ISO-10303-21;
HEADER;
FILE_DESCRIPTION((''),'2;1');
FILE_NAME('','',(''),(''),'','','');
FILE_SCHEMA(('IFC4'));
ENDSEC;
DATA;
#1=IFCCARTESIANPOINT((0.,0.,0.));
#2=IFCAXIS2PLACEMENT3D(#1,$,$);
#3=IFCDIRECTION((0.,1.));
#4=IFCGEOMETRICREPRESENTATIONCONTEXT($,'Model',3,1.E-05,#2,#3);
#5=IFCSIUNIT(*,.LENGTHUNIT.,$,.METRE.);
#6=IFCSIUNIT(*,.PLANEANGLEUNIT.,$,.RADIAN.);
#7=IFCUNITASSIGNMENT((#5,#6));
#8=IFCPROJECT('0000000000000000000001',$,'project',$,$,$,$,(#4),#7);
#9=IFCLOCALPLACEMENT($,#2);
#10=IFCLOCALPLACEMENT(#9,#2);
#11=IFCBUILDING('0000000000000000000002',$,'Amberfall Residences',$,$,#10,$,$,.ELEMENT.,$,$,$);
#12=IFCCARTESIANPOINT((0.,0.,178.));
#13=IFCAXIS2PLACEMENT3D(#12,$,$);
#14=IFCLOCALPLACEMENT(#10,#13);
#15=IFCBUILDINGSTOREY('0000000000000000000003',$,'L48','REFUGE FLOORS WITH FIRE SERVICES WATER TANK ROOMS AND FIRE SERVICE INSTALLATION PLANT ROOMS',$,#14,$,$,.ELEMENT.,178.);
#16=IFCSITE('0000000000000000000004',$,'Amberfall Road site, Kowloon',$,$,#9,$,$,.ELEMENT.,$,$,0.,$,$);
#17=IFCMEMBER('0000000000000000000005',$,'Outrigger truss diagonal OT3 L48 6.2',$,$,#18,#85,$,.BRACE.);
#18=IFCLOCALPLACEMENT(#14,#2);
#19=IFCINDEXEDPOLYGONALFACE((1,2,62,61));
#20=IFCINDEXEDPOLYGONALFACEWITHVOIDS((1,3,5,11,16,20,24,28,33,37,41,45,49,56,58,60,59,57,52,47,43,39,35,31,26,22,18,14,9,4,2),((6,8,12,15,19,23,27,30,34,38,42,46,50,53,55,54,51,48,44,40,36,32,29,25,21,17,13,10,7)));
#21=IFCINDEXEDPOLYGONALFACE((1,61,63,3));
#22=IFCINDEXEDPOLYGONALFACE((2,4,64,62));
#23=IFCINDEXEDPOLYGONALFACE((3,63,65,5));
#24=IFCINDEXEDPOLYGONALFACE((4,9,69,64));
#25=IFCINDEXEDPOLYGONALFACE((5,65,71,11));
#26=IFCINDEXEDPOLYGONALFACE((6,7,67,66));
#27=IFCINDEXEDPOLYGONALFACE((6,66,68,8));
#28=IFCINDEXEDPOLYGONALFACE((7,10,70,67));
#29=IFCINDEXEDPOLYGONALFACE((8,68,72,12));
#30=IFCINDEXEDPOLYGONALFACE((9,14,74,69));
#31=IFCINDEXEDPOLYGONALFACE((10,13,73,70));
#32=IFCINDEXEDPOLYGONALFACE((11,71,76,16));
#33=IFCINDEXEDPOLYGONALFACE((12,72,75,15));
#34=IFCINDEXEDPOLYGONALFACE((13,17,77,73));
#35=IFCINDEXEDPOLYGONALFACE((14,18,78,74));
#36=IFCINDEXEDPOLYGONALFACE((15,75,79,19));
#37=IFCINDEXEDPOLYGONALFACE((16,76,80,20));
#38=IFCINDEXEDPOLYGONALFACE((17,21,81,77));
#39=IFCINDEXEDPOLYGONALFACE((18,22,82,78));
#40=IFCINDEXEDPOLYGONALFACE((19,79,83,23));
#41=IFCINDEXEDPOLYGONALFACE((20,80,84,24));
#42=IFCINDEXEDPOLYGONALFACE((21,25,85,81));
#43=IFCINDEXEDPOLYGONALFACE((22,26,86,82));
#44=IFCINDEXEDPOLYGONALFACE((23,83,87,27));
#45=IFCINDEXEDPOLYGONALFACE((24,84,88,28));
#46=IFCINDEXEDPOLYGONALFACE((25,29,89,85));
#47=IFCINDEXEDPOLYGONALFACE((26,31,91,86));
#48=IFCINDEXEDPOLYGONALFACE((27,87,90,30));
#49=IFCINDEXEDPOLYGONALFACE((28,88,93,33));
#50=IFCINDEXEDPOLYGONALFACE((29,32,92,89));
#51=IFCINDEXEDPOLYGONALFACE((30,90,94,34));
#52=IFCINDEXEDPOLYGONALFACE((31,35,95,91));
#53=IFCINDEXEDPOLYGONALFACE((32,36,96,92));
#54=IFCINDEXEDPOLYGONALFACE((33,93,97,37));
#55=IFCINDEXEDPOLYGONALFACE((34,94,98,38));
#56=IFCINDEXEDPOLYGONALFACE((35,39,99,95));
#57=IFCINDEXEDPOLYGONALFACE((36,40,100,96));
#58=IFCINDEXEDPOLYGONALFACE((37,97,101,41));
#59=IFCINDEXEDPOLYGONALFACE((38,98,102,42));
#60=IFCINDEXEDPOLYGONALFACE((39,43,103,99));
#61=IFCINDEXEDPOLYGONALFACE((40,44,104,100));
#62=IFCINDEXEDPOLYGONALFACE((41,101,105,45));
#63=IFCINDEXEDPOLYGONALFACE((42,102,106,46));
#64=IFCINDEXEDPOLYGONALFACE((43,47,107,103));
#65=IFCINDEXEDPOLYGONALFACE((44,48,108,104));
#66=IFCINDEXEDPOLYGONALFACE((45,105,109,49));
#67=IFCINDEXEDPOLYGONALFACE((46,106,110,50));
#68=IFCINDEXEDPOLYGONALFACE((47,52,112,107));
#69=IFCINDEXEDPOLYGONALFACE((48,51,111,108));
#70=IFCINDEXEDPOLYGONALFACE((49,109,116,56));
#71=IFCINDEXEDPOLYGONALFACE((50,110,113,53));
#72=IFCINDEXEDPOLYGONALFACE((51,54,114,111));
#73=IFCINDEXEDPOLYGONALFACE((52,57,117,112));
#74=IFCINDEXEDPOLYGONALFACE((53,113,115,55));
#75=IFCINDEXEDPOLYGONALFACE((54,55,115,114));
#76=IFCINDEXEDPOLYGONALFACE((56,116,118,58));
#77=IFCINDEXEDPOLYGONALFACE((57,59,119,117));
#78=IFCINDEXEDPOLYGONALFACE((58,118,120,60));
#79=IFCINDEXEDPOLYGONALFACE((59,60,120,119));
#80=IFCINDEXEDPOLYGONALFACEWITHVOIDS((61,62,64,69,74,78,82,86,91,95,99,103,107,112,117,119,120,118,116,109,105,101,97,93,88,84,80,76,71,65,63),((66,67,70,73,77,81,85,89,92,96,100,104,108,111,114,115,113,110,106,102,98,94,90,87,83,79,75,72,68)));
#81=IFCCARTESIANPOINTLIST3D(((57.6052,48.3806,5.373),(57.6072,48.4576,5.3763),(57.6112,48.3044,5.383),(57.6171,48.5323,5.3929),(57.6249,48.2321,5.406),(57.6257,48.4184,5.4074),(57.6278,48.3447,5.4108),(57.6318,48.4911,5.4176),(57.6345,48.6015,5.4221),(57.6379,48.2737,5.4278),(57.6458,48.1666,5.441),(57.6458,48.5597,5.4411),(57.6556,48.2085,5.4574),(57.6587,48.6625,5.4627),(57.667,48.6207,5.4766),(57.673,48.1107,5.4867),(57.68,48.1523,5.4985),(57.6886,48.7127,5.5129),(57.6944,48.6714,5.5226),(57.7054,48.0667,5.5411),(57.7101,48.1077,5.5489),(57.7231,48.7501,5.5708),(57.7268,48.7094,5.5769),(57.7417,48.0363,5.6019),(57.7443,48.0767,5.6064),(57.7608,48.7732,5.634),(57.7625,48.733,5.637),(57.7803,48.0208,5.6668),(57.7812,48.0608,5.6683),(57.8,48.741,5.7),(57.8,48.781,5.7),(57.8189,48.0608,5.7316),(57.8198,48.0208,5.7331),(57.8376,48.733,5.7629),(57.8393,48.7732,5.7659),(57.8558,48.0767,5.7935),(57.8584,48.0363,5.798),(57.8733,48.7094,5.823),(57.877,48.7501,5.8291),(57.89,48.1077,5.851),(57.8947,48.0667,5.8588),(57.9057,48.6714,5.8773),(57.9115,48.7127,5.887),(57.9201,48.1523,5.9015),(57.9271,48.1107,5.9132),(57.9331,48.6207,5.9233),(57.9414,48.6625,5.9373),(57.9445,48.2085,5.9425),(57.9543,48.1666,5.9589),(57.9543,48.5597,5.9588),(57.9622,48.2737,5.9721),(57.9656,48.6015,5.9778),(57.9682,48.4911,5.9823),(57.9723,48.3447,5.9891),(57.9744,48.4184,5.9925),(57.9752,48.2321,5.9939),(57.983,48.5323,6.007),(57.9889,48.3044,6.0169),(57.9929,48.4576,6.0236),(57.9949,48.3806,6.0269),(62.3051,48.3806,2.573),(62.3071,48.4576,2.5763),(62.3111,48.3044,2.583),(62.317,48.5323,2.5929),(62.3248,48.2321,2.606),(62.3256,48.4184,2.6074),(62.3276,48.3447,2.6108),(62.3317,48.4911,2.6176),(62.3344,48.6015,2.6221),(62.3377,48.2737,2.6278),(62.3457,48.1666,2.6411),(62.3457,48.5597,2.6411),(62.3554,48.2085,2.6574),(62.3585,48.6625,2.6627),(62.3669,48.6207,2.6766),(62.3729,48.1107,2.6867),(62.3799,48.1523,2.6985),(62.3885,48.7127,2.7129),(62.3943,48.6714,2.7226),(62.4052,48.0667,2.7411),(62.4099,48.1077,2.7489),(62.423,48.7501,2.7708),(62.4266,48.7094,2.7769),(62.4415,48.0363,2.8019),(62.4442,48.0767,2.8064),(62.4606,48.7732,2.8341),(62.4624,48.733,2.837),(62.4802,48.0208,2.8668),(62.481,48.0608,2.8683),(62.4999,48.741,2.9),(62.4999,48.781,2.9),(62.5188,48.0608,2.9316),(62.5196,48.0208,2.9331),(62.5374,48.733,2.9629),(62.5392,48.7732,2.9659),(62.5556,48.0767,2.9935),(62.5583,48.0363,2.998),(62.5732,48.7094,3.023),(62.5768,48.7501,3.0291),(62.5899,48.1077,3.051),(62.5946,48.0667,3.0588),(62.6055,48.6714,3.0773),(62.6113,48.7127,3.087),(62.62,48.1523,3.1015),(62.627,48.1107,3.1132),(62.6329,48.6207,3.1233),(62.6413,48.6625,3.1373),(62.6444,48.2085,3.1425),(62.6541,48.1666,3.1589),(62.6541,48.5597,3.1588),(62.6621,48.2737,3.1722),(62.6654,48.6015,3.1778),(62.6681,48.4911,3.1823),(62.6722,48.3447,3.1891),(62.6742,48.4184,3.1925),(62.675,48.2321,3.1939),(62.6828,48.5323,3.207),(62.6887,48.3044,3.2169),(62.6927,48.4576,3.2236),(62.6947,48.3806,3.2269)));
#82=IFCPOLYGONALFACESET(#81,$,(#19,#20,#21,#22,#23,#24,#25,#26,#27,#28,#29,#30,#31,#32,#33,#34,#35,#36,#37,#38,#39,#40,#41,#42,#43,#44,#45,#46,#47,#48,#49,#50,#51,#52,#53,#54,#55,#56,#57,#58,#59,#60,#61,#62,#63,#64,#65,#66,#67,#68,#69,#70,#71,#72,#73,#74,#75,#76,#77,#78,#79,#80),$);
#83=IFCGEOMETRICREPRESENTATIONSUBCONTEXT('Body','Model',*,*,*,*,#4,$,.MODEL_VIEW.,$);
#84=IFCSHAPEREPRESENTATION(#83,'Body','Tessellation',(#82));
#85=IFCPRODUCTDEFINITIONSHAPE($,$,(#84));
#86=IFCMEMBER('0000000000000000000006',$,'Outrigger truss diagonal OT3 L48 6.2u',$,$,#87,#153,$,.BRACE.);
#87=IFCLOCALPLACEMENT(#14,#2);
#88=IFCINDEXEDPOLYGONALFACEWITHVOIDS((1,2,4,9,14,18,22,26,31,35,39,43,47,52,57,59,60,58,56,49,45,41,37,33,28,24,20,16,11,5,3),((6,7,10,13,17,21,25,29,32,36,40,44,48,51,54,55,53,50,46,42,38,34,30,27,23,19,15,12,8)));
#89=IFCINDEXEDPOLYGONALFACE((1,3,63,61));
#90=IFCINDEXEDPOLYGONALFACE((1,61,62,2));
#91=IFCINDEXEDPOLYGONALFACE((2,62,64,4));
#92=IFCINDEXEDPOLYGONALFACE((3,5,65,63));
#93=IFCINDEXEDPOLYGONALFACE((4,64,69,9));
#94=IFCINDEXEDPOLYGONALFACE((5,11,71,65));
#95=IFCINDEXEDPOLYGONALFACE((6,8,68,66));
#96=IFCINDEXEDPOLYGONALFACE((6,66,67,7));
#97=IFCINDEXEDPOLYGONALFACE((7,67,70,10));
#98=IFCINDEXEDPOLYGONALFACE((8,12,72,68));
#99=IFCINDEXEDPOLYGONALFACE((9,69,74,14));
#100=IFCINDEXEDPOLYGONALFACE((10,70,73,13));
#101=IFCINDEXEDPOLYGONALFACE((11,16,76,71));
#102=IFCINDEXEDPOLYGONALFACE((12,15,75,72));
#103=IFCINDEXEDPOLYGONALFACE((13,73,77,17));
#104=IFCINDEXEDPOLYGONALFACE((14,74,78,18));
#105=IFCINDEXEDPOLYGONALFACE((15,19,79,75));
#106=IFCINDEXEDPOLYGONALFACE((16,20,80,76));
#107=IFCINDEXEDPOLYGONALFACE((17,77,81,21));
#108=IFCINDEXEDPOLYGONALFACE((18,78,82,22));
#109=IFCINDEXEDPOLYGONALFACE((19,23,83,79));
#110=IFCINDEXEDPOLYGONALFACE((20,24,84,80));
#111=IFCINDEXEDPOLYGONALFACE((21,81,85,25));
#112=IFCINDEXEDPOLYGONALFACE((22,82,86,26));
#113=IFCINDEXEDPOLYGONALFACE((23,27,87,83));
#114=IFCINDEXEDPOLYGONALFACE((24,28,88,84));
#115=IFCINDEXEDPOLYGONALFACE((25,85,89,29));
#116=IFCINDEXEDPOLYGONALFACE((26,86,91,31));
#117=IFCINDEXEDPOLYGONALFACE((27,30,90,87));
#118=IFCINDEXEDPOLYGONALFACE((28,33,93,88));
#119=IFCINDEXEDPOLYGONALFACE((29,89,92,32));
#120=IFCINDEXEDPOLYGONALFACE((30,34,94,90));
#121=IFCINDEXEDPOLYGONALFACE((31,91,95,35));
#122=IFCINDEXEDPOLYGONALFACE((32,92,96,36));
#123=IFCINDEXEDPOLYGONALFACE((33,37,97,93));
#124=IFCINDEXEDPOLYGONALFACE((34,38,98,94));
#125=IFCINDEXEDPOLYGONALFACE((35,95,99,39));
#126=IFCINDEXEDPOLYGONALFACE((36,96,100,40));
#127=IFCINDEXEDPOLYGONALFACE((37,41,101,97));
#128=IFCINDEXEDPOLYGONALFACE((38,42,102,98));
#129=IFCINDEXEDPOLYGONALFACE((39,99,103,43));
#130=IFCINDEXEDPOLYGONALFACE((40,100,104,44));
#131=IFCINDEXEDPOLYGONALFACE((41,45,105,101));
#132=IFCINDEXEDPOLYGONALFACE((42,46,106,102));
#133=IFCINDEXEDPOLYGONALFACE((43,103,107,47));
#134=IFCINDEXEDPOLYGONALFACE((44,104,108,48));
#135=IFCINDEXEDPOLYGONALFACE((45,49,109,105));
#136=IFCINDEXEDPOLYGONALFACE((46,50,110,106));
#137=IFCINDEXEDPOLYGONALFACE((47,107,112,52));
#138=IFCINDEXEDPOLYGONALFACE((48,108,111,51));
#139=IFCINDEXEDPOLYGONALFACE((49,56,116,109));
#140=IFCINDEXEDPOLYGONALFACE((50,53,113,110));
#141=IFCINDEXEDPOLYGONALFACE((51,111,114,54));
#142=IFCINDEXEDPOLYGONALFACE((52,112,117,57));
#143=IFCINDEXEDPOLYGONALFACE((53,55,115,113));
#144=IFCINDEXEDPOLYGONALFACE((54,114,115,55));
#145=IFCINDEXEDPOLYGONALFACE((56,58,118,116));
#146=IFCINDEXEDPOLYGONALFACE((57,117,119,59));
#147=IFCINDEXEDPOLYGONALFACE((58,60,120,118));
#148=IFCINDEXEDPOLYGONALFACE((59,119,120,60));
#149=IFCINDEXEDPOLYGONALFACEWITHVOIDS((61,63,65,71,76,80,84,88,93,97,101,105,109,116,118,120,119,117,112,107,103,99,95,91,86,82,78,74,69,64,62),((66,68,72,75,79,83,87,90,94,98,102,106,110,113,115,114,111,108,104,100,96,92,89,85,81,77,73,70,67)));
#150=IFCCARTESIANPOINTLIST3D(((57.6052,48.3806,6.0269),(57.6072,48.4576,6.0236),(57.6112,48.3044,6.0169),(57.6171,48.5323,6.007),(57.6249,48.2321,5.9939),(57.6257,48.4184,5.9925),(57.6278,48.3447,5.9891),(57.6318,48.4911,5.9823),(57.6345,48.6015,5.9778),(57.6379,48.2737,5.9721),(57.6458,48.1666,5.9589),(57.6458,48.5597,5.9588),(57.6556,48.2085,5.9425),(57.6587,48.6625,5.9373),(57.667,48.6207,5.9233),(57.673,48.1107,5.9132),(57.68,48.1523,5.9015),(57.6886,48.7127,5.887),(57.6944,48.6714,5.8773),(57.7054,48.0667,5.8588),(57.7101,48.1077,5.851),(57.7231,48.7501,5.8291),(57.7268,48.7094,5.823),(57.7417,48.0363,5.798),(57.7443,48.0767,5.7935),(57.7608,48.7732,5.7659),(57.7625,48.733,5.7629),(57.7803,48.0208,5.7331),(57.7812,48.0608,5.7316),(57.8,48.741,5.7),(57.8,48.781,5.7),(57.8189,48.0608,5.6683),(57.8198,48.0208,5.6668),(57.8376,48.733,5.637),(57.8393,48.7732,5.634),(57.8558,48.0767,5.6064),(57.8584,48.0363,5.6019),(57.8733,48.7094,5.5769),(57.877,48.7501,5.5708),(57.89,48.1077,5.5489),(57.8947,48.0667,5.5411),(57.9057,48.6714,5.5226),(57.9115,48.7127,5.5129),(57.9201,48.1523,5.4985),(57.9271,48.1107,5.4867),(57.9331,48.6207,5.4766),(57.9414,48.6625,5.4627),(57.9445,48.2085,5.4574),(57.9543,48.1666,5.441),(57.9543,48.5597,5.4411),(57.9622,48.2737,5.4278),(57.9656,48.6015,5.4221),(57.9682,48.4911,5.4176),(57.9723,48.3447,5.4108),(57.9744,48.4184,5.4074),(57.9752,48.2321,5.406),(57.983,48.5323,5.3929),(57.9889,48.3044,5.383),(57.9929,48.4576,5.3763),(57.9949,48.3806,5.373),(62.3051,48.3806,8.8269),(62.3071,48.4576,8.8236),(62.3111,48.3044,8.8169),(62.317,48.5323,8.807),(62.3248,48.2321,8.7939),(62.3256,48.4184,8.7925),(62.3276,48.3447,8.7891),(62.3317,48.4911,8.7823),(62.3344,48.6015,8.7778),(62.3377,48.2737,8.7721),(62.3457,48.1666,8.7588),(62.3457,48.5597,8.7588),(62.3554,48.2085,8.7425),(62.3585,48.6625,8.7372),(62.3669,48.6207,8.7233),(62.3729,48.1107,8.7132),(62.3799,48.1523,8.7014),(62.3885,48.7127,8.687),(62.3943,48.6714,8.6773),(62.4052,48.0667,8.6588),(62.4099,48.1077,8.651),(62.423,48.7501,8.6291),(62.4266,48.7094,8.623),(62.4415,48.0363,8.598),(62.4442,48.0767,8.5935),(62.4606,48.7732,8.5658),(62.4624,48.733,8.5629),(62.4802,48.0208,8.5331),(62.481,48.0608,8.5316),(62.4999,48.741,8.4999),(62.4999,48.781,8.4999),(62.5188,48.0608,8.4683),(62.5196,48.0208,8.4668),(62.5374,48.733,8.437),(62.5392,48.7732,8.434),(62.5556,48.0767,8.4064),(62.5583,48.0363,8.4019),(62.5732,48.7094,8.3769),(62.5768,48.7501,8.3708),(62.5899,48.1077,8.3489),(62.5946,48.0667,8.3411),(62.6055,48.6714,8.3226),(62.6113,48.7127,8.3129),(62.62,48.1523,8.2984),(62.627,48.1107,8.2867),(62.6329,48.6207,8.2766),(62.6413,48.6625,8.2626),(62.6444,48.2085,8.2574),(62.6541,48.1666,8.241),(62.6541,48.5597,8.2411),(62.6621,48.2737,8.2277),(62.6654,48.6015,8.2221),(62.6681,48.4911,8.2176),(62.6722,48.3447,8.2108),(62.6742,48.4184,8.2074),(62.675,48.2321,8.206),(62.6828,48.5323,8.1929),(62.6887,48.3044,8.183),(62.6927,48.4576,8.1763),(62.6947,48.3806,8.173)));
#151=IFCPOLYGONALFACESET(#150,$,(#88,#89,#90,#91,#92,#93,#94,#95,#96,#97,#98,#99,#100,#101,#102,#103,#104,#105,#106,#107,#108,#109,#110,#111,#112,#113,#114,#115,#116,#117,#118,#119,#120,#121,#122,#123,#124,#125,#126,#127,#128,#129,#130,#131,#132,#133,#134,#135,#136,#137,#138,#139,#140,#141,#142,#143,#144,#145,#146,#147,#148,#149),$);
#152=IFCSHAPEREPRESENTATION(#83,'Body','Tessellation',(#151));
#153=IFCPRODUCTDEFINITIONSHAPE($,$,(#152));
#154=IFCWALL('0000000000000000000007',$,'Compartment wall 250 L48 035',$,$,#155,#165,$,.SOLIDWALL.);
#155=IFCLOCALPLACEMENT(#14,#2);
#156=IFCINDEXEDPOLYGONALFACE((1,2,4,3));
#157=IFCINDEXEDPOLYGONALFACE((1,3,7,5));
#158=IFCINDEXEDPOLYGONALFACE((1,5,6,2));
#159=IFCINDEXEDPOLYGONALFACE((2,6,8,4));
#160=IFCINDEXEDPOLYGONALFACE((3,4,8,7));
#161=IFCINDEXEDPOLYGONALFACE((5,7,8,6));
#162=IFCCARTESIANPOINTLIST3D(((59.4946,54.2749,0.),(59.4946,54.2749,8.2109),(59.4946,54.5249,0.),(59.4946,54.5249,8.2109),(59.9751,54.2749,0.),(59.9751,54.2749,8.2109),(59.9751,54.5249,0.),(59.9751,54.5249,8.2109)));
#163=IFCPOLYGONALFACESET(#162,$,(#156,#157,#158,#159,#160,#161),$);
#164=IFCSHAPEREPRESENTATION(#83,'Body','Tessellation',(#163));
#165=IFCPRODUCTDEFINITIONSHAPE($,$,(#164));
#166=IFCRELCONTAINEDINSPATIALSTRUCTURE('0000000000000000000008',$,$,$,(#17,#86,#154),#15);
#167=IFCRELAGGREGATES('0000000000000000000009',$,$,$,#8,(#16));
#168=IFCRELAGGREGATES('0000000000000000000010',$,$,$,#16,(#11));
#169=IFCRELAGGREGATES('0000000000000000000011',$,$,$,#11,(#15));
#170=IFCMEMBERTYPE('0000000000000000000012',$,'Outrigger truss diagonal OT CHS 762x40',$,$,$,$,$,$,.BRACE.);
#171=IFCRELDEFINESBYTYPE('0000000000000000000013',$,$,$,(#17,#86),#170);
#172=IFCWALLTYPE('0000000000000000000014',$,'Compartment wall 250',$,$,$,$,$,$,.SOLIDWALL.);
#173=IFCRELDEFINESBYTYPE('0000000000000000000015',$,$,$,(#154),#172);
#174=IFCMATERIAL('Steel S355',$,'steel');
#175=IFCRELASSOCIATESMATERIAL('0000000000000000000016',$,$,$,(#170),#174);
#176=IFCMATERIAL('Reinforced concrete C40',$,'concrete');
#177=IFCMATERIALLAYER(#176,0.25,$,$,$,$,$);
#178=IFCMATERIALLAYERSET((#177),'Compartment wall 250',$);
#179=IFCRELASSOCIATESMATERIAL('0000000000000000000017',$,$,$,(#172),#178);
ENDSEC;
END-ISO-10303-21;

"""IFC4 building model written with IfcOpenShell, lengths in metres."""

from ifc_helpers import new_model, si_unit, direction, frame, frame_2d, origin, origin_2d, place, context, subcontext, project, spatial, rectangle, hollow_circle, extrude, material, layer, layer_set, material_profile, profile_set, type_object, element, save


model = new_model("IFC4")

# Units and contexts
model_context = context("Model", 3, precision=1e-05, world=origin(), true_north=direction((0.0, 1.0)))
body_context = subcontext(model_context, "Body", "Model", "MODEL_VIEW")
ifc_project = project(units=[si_unit("LENGTHUNIT", "METRE"), si_unit("PLANEANGLEUNIT", "RADIAN")], contexts=[model_context])

# Site, building, storey
site_placement = place(None, origin())
site = spatial("IfcSite", under=ifc_project, at=site_placement, Name="Amberfall Road site, Kowloon", CompositionType="ELEMENT", RefElevation=0.0)
building_placement = place(site_placement, origin())
building = spatial("IfcBuilding", under=site, at=building_placement, Name="Amberfall Residences", CompositionType="ELEMENT")
storey_placement = place(building_placement, frame((0.0, 0.0, 178.0)))
storey = spatial("IfcBuildingStorey", under=building, at=storey_placement, Name="L48", Description="REFUGE FLOORS WITH FIRE SERVICES WATER TANK ROOMS AND FIRE SERVICE INSTALLATION PLANT ROOMS", CompositionType="ELEMENT", Elevation=178.0)

# Members
ifc_material_1 = material(Name="Steel S355", Category="steel")
ifc_material_profile = material_profile(ifc_material_1, hollow_circle(Radius=0.3811, WallThickness=0.04, at=origin_2d()), Name="CHS 762x40")
ifc_profile_set = profile_set([ifc_material_profile], Name="Steel S355")
member_type = type_object("IfcMemberType", Name="Outrigger truss diagonal OT CHS 762x40", PredefinedType="BRACE", material=ifc_profile_set)
for number, where, z_axis, x_axis, name in (
    (1, (57.8, 48.3999, 5.7), (0.859095, 0.0, -0.511816), (0.0, 1.0, 0.0), "Outrigger truss diagonal OT3 L48 6.2"),
    (2, (57.8, 48.3999, 5.7), (0.859095, 0.0, 0.511816), (0.0, 1.0, 0.0), "Outrigger truss diagonal OT3 L48 6.2u"),
):
    element("IfcMember", number, at=place(storey_placement, frame(where, z_axis=z_axis, x_axis=x_axis)), inside=storey, type_object=member_type, Name=name, PredefinedType="BRACE", context=body_context, shape_type="SweptSolid", body=[
        extrude(hollow_circle(Radius=0.3811, WallThickness=0.04, at=origin_2d()), origin(), (0.0, 0.0, 1.0), 5.4707),
    ])

# Wall
ifc_material_2 = material(Name="Reinforced concrete C40", Category="concrete")
ifc_layer = layer(ifc_material_2, 0.25)
ifc_layer_set = layer_set([ifc_layer], Name="Compartment wall 250")
wall_type = type_object("IfcWallType", Name="Compartment wall 250", PredefinedType="SOLIDWALL", material=ifc_layer_set)
wall_1_placement = place(storey_placement, frame((59.4946, 54.3999, 0.0), z_axis=(0.0, 0.0, 1.0), x_axis=(1.0, 0.0, 0.0)))
element("IfcWall", 3, at=wall_1_placement, inside=storey, type_object=wall_type, Name="Compartment wall 250 L48 035", PredefinedType="SOLIDWALL", context=body_context, shape_type="SweptSolid", body=[
    extrude(rectangle(XDim=0.4805, YDim=0.25, at=frame_2d((0.2402, 0.0))), origin(), (0.0, 0.0, 1.0), 8.2109),
])

save(model, "model.ifc")
